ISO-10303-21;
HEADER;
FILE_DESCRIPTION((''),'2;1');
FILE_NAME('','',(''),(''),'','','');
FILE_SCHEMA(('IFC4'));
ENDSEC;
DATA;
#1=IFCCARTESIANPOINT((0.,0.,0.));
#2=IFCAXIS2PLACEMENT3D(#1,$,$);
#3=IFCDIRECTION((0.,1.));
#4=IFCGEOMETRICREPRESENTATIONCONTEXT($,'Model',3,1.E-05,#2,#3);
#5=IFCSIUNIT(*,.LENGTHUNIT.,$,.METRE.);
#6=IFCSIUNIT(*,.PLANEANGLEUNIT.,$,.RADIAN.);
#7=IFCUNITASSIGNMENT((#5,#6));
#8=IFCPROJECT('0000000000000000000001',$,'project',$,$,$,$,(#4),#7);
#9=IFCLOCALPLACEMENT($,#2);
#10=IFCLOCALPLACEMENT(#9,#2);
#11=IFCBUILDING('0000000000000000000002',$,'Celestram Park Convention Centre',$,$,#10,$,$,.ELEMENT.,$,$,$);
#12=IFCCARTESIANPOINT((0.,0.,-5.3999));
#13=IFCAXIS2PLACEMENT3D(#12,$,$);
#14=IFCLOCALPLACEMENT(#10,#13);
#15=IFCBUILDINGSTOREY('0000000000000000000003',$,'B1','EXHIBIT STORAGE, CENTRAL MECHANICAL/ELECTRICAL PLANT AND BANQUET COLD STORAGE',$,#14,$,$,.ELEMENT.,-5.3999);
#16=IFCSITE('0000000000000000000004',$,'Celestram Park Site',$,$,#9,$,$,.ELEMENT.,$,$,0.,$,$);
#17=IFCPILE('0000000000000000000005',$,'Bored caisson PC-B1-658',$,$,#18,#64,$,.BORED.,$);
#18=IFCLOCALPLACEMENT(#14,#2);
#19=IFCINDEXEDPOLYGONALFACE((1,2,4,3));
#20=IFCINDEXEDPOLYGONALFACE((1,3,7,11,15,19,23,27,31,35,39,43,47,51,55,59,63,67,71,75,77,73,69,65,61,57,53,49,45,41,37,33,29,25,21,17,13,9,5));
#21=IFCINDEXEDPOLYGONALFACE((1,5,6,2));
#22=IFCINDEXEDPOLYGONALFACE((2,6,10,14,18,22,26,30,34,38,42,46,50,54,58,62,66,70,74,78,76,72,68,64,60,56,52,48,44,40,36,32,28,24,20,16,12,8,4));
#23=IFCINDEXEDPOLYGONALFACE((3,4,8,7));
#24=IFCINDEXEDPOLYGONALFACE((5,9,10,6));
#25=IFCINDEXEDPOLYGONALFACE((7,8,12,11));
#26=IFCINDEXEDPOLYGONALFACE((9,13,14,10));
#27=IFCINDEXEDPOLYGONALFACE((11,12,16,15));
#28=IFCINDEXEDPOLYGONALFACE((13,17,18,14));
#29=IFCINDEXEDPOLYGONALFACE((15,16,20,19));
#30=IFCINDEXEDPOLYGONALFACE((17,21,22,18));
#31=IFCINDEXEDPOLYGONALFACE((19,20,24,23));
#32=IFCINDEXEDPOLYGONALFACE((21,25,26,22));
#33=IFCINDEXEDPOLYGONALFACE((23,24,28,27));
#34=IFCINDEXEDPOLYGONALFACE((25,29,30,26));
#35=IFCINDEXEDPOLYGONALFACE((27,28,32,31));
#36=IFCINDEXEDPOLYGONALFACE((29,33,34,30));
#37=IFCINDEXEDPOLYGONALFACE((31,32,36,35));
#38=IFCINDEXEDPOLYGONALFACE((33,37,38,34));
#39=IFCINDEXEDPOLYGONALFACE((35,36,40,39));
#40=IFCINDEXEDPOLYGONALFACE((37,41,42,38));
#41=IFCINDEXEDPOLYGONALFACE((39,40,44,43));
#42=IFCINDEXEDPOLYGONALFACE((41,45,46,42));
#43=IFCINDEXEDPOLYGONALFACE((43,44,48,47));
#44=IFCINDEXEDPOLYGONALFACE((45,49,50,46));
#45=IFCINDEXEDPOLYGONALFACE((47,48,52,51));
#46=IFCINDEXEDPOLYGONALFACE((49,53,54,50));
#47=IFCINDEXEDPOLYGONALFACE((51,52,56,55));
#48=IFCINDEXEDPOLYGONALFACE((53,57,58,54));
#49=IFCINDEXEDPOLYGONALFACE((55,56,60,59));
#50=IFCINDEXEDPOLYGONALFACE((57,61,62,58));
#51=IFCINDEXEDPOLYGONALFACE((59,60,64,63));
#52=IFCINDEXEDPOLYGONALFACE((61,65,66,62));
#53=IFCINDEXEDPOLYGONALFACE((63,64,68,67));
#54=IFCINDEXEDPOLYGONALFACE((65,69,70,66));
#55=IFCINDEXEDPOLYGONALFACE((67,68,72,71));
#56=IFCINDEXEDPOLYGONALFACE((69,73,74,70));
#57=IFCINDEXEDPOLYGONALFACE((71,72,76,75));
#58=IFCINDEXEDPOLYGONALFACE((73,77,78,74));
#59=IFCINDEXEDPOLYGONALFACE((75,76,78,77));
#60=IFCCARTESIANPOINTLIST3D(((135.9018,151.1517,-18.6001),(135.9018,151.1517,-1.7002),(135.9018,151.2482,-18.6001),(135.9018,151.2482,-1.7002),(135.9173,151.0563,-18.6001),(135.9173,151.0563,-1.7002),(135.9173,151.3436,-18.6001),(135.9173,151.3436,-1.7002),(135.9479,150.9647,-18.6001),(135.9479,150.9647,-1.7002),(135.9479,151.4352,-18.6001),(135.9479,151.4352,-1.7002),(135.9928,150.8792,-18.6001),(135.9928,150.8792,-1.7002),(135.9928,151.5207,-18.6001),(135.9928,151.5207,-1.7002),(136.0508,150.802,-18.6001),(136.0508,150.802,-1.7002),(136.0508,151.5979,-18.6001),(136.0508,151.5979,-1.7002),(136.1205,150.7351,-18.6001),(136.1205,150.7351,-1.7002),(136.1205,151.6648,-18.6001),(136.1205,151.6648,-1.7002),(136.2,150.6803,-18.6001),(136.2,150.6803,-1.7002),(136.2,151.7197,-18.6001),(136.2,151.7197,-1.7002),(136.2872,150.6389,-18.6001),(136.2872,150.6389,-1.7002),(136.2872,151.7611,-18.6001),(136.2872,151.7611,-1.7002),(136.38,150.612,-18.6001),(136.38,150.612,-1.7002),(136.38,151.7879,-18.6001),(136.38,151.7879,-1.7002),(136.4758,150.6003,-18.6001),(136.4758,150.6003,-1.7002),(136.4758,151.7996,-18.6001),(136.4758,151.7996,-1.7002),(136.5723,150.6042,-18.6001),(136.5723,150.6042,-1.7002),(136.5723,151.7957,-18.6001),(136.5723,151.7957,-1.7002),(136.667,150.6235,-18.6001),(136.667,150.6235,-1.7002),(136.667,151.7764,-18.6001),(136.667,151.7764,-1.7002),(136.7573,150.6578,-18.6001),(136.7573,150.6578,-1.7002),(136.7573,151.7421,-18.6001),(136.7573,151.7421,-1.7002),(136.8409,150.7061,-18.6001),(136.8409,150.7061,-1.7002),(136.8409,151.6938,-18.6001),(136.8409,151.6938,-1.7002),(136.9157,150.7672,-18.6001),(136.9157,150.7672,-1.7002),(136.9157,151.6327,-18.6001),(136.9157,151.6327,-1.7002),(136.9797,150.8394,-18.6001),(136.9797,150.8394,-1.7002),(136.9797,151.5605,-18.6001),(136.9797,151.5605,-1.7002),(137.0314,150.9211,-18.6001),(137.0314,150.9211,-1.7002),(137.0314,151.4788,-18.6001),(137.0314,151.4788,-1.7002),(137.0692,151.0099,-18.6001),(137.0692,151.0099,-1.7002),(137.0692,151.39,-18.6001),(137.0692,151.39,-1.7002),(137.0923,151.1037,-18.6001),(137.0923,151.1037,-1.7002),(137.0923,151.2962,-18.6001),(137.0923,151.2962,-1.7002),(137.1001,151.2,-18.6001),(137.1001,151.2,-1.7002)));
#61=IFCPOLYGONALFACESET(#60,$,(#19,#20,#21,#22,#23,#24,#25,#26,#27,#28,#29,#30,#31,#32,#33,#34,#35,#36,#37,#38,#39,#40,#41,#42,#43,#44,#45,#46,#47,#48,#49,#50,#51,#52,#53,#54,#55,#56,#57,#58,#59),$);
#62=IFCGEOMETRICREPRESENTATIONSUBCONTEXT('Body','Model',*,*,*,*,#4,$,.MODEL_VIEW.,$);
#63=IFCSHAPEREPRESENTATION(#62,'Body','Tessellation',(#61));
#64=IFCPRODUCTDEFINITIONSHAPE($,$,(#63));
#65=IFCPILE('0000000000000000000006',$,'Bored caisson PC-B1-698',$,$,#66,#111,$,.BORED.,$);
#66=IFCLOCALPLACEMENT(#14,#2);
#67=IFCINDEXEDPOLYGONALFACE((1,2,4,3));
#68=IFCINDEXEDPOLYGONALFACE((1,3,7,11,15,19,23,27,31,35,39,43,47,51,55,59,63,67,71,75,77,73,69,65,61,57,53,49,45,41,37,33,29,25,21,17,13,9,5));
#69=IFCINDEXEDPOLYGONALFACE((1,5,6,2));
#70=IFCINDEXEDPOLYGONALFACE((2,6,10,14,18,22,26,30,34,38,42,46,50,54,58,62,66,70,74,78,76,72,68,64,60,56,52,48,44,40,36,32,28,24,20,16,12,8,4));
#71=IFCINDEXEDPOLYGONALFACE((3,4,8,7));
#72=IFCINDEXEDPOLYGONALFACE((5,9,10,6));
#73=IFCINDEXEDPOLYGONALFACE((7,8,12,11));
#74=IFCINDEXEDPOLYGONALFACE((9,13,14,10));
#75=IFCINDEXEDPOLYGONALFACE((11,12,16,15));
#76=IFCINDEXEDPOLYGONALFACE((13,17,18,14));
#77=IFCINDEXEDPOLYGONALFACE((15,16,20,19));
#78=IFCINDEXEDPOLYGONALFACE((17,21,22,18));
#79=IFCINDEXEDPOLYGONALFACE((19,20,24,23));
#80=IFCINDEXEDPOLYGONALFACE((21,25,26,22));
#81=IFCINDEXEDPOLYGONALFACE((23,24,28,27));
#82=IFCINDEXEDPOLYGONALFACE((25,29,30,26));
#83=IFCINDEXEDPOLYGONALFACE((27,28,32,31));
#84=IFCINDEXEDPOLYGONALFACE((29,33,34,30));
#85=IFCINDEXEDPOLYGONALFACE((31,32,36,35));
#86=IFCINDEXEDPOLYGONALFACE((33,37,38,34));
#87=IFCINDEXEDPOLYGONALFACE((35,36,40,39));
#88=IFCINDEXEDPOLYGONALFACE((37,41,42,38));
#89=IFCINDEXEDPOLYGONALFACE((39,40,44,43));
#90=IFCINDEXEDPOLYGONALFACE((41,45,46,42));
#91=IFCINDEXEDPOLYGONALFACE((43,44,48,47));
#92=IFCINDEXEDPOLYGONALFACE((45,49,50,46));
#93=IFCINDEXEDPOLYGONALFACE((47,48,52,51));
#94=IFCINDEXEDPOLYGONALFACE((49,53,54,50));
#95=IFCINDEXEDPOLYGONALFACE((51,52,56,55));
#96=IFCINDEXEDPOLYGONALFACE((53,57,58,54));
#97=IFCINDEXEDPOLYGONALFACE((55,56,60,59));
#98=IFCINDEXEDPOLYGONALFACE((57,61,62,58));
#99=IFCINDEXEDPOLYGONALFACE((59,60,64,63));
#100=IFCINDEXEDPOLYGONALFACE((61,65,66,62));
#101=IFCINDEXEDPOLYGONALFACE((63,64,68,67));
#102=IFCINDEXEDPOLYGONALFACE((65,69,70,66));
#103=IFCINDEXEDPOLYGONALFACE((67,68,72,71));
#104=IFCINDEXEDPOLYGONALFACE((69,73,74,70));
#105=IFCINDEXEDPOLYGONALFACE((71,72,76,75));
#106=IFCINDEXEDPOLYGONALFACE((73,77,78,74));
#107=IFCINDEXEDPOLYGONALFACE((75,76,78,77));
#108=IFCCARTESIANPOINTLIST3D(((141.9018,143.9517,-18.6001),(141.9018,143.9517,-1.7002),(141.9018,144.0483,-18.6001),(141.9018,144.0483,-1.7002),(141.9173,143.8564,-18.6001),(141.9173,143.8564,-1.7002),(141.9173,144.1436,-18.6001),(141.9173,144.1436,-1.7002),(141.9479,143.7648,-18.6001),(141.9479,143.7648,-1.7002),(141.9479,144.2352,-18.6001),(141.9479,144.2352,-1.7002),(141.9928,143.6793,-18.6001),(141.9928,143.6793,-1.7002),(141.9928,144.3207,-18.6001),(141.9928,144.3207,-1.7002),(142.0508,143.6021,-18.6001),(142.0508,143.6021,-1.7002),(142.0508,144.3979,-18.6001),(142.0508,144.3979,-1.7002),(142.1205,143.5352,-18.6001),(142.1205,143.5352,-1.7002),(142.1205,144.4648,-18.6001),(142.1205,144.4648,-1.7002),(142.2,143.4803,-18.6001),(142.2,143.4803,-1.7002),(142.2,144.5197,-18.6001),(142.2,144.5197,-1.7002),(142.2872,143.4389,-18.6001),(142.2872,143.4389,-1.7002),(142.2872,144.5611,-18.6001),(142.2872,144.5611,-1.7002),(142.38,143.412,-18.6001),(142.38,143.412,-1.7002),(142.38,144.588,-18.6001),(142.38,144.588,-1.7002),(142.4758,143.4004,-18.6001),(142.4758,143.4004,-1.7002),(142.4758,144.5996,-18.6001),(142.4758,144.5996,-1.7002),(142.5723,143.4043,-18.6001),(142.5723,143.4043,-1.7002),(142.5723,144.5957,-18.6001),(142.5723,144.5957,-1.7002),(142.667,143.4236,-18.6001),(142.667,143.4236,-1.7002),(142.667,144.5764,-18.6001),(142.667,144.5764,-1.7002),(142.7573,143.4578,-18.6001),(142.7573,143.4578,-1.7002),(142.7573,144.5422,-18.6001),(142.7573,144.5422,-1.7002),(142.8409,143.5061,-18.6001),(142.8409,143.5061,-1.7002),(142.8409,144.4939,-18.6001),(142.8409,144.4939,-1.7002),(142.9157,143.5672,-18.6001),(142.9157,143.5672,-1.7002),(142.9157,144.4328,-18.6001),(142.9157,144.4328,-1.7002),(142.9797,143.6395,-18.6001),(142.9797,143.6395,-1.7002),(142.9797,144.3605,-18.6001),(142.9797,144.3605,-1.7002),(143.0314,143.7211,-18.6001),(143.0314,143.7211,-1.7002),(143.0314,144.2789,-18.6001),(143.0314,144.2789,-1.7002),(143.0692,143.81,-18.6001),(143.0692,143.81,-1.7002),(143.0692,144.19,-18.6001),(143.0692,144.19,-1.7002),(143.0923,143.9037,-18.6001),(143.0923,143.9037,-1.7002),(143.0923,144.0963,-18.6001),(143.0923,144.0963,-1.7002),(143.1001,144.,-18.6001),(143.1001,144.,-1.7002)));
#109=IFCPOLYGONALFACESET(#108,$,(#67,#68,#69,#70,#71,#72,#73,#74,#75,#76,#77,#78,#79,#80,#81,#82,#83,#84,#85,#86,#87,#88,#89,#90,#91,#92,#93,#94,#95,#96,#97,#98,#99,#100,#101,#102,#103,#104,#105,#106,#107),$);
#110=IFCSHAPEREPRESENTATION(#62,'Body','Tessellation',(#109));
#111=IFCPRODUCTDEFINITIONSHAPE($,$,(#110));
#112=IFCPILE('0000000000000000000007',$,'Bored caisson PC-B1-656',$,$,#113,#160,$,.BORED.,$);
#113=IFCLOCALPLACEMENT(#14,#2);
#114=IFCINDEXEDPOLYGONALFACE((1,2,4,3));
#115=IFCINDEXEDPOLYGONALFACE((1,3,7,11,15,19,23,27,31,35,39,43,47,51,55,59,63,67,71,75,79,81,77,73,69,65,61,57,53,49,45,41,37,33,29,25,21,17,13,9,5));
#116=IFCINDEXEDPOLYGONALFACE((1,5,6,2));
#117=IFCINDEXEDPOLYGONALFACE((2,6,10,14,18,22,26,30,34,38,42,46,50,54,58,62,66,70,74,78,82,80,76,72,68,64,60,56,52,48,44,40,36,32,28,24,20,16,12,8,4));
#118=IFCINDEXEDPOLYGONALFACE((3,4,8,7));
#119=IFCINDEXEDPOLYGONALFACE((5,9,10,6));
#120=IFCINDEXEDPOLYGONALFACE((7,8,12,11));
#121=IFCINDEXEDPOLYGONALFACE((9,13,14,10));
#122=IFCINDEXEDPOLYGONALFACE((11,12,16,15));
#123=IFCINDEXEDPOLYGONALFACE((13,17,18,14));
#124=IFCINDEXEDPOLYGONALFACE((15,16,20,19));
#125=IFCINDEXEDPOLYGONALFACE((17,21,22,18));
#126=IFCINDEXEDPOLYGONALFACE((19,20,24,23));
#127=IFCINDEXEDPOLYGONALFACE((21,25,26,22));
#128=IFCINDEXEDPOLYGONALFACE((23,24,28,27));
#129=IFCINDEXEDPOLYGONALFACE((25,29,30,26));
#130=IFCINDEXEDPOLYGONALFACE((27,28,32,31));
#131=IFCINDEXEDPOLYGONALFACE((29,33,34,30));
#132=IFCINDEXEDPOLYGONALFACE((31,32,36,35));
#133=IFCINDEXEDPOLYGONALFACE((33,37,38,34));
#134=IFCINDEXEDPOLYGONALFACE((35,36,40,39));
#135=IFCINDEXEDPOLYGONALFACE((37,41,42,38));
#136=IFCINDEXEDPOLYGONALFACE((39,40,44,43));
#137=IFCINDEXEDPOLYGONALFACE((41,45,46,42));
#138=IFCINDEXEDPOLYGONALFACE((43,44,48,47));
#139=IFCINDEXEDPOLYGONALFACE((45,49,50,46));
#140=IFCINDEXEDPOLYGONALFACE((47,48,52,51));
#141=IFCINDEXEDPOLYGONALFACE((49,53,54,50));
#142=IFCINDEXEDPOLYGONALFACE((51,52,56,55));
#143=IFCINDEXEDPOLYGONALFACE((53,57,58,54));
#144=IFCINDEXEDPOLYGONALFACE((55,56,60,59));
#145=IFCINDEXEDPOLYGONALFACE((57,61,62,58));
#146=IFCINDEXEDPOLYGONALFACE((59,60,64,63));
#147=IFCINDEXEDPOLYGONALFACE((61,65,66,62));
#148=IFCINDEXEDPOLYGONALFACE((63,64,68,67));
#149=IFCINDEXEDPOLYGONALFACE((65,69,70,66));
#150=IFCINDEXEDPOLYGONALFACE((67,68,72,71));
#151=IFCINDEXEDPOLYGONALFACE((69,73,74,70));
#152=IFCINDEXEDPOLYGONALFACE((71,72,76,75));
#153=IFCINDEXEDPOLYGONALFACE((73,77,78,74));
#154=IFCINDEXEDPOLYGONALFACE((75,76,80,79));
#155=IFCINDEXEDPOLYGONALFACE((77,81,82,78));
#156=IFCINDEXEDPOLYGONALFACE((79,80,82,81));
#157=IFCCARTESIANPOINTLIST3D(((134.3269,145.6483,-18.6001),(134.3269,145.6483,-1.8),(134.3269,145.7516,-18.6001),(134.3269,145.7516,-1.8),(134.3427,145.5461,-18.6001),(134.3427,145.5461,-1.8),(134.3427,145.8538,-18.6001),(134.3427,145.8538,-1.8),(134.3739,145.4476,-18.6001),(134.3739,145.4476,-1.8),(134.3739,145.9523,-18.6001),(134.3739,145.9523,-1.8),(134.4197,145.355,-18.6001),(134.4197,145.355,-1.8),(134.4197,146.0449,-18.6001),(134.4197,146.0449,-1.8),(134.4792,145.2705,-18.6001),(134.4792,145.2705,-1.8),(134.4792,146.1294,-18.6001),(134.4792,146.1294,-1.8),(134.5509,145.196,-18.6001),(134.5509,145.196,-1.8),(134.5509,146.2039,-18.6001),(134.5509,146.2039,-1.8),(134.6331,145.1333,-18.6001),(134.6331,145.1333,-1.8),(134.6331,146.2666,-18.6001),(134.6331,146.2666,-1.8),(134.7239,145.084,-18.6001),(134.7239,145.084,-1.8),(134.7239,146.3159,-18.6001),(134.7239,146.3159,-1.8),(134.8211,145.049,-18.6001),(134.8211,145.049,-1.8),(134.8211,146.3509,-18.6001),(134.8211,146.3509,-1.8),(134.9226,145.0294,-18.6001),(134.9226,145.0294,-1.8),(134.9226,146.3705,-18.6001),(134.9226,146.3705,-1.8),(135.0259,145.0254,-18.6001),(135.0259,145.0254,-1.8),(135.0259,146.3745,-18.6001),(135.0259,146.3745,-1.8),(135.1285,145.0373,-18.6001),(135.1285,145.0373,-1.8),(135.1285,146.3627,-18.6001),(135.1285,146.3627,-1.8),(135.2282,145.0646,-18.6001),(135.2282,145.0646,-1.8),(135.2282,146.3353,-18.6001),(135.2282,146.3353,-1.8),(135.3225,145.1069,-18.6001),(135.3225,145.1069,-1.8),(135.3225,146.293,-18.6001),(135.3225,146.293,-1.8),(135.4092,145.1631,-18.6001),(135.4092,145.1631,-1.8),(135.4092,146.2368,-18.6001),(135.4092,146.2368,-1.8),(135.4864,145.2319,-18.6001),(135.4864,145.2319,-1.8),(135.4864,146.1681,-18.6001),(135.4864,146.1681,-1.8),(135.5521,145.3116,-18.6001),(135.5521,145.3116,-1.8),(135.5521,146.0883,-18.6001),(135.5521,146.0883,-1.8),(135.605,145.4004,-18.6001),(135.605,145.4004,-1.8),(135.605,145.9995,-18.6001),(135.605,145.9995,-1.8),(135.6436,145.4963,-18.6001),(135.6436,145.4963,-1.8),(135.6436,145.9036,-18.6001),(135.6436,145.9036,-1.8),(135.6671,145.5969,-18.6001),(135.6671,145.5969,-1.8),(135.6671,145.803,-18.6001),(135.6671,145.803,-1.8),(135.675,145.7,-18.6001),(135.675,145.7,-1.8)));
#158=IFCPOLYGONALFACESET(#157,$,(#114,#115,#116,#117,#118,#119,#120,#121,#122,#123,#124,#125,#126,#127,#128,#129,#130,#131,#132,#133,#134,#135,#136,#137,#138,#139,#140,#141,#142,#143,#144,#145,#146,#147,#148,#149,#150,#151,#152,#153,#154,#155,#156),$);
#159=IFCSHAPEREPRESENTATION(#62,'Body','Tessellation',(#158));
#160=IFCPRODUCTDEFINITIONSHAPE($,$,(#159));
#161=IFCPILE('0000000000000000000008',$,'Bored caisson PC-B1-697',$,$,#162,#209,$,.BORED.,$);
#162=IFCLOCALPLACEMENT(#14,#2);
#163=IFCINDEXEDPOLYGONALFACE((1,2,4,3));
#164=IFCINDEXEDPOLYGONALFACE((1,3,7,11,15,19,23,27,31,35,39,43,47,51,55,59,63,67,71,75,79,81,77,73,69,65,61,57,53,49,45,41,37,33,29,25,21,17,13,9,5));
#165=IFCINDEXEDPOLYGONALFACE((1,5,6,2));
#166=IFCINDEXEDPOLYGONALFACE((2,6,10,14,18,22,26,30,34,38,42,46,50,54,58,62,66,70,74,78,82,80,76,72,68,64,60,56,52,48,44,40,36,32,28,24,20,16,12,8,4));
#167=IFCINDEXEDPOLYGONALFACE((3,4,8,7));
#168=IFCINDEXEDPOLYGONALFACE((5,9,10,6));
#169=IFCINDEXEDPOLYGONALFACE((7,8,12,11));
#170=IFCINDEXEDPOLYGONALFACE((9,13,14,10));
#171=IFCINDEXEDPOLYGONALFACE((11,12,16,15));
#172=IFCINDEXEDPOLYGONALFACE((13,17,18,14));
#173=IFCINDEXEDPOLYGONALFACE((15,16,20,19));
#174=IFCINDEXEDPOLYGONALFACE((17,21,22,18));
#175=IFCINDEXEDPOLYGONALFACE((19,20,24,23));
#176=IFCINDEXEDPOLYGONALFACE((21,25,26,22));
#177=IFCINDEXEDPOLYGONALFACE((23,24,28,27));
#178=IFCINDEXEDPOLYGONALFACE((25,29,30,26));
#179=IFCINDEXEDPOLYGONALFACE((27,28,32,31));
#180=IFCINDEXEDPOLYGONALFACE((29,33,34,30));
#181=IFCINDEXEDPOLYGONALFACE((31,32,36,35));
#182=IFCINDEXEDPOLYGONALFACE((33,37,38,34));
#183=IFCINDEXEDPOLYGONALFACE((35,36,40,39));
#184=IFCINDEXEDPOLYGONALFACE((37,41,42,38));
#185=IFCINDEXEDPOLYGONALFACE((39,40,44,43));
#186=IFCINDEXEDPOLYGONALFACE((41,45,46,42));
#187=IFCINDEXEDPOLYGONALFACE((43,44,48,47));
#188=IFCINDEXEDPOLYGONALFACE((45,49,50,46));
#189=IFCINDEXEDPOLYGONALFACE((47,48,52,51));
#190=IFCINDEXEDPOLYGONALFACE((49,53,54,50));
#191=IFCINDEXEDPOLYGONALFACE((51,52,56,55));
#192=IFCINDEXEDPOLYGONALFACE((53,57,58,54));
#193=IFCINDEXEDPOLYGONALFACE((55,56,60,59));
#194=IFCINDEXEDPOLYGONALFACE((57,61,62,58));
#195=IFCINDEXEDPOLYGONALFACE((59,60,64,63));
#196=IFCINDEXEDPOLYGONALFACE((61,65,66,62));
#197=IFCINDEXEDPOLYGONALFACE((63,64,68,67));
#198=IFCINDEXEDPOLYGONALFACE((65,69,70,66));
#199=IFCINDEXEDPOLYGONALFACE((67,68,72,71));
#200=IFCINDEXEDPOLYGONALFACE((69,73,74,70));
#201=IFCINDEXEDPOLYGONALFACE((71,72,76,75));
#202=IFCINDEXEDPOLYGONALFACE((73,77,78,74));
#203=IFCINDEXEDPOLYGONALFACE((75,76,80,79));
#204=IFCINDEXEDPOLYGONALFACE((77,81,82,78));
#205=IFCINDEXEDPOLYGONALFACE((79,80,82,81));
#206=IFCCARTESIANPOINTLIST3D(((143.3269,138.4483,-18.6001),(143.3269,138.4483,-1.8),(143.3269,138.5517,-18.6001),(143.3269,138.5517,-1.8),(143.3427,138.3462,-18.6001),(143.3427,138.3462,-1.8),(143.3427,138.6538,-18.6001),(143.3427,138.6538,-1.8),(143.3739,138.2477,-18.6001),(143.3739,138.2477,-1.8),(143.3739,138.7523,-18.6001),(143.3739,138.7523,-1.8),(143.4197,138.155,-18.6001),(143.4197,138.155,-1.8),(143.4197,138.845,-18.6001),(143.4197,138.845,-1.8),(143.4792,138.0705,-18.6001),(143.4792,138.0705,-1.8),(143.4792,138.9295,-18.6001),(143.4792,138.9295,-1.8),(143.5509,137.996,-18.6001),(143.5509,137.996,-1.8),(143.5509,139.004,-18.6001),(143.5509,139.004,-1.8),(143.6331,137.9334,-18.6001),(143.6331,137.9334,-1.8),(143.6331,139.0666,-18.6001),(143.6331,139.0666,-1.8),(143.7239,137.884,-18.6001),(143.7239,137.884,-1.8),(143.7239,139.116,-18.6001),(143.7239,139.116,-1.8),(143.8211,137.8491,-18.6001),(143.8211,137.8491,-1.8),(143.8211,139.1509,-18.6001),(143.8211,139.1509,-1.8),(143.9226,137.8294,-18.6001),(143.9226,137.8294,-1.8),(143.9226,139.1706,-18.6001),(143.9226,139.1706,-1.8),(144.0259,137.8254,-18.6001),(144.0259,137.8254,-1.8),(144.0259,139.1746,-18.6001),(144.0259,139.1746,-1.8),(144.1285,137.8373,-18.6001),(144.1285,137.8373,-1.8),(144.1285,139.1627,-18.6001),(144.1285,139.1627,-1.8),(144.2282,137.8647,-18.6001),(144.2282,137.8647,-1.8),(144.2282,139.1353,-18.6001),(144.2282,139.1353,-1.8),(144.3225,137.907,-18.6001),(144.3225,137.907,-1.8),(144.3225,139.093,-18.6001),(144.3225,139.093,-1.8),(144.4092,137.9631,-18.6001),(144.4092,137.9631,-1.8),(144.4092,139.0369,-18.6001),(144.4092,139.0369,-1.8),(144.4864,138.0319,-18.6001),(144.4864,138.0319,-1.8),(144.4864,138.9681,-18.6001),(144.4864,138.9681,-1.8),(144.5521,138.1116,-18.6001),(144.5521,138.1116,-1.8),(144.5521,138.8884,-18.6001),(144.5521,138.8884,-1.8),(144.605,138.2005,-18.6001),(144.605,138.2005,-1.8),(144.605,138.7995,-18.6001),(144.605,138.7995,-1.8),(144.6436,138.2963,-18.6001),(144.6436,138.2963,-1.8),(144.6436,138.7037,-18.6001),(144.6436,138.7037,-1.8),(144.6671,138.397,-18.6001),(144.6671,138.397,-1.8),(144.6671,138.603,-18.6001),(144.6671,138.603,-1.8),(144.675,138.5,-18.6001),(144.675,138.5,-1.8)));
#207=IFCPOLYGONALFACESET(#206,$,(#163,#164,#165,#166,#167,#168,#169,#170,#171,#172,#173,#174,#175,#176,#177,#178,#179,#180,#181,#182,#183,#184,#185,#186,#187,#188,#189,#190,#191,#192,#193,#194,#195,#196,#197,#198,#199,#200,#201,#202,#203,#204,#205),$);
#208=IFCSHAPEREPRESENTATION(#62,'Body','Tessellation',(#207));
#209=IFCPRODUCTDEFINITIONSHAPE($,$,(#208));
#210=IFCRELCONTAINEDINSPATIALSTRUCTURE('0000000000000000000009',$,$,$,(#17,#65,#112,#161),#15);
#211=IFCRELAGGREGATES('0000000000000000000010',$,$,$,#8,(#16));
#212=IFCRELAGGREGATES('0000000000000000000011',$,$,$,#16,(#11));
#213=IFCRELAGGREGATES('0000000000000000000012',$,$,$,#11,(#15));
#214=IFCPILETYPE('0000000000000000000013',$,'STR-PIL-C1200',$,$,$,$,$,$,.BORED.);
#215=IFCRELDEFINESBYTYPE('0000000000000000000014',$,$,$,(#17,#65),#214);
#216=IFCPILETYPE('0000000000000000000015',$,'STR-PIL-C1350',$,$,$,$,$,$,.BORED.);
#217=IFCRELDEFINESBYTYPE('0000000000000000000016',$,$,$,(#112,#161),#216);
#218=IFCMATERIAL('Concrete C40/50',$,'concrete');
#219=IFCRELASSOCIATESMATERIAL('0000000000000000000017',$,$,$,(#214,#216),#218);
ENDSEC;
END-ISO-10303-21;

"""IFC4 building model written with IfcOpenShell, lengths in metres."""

from ifc_helpers import new_model, si_unit, direction, frame, origin, origin_2d, place, context, subcontext, project, spatial, circle, extrude, material, material_profile, profile_set, type_object, element, save


model = new_model("IFC4")

# Units and contexts
model_context = context("Model", 3, precision=1e-05, world=origin(), true_north=direction((0.0, 1.0)))
body_context = subcontext(model_context, "Body", "Model", "MODEL_VIEW")
ifc_project = project(units=[si_unit("LENGTHUNIT", "METRE"), si_unit("PLANEANGLEUNIT", "RADIAN")], contexts=[model_context])

# Site, building, storey
site_placement = place(None, origin())
site = spatial("IfcSite", under=ifc_project, at=site_placement, Name="Celestram Park Site", CompositionType="ELEMENT", RefElevation=0.0)
building_placement = place(site_placement, origin())
building = spatial("IfcBuilding", under=site, at=building_placement, Name="Celestram Park Convention Centre", CompositionType="ELEMENT")
storey_placement = place(building_placement, frame((0.0, 0.0, -5.3999)))
storey = spatial("IfcBuildingStorey", under=building, at=storey_placement, Name="B1", Description="EXHIBIT STORAGE, CENTRAL MECHANICAL/ELECTRICAL PLANT AND BANQUET COLD STORAGE", CompositionType="ELEMENT", Elevation=-5.3999)

# Shared definitions
ifc_material_1 = material(Name="Concrete C40/50", Category="concrete")

# Piles
ifc_material_profile_1 = material_profile(ifc_material_1, circle(Radius=0.6001, at=origin_2d()), Name="CAISSON1200")
ifc_profile_set_1 = profile_set([ifc_material_profile_1], Name="Concrete C40/50")
pile_type_1 = type_object("IfcPileType", Name="STR-PIL-C1200", PredefinedType="BORED", material=ifc_profile_set_1)
for number, where, z_axis, x_axis, name in (
    (1, (136.5, 151.2, -1.7002), (0.0, 0.0, -1.0), (1.0, 0.0, 0.0), "Bored caisson PC-B1-658"),
    (2, (142.5, 144.0, -1.7002), (0.0, 0.0, -1.0), (1.0, 0.0, 0.0), "Bored caisson PC-B1-698"),
):
    element("IfcPile", number, at=place(storey_placement, frame(where, z_axis=z_axis, x_axis=x_axis)), inside=storey, type_object=pile_type_1, Name=name, PredefinedType="BORED", context=body_context, shape_type="SweptSolid", body=[
        extrude(circle(Radius=0.6001, at=origin_2d()), origin(), (0.0, 0.0, 1.0), 16.8999),
    ])
ifc_material_profile_2 = material_profile(ifc_material_1, circle(Radius=0.675, at=origin_2d()), Name="CAISSON1350")
ifc_profile_set_2 = profile_set([ifc_material_profile_2], Name="Concrete C40/50")
pile_type_2 = type_object("IfcPileType", Name="STR-PIL-C1350", PredefinedType="BORED", material=ifc_profile_set_2)
for number, where, z_axis, x_axis, name in (
    (3, (135.0, 145.7, -1.8), (0.0, 0.0, -1.0), (1.0, 0.0, 0.0), "Bored caisson PC-B1-656"),
    (4, (144.0, 138.5, -1.8), (0.0, 0.0, -1.0), (1.0, 0.0, 0.0), "Bored caisson PC-B1-697"),
):
    element("IfcPile", number, at=place(storey_placement, frame(where, z_axis=z_axis, x_axis=x_axis)), inside=storey, type_object=pile_type_2, Name=name, PredefinedType="BORED", context=body_context, shape_type="SweptSolid", body=[
        extrude(circle(Radius=0.675, at=origin_2d()), origin(), (0.0, 0.0, 1.0), 16.8),
    ])

save(model, "model.ifc")
